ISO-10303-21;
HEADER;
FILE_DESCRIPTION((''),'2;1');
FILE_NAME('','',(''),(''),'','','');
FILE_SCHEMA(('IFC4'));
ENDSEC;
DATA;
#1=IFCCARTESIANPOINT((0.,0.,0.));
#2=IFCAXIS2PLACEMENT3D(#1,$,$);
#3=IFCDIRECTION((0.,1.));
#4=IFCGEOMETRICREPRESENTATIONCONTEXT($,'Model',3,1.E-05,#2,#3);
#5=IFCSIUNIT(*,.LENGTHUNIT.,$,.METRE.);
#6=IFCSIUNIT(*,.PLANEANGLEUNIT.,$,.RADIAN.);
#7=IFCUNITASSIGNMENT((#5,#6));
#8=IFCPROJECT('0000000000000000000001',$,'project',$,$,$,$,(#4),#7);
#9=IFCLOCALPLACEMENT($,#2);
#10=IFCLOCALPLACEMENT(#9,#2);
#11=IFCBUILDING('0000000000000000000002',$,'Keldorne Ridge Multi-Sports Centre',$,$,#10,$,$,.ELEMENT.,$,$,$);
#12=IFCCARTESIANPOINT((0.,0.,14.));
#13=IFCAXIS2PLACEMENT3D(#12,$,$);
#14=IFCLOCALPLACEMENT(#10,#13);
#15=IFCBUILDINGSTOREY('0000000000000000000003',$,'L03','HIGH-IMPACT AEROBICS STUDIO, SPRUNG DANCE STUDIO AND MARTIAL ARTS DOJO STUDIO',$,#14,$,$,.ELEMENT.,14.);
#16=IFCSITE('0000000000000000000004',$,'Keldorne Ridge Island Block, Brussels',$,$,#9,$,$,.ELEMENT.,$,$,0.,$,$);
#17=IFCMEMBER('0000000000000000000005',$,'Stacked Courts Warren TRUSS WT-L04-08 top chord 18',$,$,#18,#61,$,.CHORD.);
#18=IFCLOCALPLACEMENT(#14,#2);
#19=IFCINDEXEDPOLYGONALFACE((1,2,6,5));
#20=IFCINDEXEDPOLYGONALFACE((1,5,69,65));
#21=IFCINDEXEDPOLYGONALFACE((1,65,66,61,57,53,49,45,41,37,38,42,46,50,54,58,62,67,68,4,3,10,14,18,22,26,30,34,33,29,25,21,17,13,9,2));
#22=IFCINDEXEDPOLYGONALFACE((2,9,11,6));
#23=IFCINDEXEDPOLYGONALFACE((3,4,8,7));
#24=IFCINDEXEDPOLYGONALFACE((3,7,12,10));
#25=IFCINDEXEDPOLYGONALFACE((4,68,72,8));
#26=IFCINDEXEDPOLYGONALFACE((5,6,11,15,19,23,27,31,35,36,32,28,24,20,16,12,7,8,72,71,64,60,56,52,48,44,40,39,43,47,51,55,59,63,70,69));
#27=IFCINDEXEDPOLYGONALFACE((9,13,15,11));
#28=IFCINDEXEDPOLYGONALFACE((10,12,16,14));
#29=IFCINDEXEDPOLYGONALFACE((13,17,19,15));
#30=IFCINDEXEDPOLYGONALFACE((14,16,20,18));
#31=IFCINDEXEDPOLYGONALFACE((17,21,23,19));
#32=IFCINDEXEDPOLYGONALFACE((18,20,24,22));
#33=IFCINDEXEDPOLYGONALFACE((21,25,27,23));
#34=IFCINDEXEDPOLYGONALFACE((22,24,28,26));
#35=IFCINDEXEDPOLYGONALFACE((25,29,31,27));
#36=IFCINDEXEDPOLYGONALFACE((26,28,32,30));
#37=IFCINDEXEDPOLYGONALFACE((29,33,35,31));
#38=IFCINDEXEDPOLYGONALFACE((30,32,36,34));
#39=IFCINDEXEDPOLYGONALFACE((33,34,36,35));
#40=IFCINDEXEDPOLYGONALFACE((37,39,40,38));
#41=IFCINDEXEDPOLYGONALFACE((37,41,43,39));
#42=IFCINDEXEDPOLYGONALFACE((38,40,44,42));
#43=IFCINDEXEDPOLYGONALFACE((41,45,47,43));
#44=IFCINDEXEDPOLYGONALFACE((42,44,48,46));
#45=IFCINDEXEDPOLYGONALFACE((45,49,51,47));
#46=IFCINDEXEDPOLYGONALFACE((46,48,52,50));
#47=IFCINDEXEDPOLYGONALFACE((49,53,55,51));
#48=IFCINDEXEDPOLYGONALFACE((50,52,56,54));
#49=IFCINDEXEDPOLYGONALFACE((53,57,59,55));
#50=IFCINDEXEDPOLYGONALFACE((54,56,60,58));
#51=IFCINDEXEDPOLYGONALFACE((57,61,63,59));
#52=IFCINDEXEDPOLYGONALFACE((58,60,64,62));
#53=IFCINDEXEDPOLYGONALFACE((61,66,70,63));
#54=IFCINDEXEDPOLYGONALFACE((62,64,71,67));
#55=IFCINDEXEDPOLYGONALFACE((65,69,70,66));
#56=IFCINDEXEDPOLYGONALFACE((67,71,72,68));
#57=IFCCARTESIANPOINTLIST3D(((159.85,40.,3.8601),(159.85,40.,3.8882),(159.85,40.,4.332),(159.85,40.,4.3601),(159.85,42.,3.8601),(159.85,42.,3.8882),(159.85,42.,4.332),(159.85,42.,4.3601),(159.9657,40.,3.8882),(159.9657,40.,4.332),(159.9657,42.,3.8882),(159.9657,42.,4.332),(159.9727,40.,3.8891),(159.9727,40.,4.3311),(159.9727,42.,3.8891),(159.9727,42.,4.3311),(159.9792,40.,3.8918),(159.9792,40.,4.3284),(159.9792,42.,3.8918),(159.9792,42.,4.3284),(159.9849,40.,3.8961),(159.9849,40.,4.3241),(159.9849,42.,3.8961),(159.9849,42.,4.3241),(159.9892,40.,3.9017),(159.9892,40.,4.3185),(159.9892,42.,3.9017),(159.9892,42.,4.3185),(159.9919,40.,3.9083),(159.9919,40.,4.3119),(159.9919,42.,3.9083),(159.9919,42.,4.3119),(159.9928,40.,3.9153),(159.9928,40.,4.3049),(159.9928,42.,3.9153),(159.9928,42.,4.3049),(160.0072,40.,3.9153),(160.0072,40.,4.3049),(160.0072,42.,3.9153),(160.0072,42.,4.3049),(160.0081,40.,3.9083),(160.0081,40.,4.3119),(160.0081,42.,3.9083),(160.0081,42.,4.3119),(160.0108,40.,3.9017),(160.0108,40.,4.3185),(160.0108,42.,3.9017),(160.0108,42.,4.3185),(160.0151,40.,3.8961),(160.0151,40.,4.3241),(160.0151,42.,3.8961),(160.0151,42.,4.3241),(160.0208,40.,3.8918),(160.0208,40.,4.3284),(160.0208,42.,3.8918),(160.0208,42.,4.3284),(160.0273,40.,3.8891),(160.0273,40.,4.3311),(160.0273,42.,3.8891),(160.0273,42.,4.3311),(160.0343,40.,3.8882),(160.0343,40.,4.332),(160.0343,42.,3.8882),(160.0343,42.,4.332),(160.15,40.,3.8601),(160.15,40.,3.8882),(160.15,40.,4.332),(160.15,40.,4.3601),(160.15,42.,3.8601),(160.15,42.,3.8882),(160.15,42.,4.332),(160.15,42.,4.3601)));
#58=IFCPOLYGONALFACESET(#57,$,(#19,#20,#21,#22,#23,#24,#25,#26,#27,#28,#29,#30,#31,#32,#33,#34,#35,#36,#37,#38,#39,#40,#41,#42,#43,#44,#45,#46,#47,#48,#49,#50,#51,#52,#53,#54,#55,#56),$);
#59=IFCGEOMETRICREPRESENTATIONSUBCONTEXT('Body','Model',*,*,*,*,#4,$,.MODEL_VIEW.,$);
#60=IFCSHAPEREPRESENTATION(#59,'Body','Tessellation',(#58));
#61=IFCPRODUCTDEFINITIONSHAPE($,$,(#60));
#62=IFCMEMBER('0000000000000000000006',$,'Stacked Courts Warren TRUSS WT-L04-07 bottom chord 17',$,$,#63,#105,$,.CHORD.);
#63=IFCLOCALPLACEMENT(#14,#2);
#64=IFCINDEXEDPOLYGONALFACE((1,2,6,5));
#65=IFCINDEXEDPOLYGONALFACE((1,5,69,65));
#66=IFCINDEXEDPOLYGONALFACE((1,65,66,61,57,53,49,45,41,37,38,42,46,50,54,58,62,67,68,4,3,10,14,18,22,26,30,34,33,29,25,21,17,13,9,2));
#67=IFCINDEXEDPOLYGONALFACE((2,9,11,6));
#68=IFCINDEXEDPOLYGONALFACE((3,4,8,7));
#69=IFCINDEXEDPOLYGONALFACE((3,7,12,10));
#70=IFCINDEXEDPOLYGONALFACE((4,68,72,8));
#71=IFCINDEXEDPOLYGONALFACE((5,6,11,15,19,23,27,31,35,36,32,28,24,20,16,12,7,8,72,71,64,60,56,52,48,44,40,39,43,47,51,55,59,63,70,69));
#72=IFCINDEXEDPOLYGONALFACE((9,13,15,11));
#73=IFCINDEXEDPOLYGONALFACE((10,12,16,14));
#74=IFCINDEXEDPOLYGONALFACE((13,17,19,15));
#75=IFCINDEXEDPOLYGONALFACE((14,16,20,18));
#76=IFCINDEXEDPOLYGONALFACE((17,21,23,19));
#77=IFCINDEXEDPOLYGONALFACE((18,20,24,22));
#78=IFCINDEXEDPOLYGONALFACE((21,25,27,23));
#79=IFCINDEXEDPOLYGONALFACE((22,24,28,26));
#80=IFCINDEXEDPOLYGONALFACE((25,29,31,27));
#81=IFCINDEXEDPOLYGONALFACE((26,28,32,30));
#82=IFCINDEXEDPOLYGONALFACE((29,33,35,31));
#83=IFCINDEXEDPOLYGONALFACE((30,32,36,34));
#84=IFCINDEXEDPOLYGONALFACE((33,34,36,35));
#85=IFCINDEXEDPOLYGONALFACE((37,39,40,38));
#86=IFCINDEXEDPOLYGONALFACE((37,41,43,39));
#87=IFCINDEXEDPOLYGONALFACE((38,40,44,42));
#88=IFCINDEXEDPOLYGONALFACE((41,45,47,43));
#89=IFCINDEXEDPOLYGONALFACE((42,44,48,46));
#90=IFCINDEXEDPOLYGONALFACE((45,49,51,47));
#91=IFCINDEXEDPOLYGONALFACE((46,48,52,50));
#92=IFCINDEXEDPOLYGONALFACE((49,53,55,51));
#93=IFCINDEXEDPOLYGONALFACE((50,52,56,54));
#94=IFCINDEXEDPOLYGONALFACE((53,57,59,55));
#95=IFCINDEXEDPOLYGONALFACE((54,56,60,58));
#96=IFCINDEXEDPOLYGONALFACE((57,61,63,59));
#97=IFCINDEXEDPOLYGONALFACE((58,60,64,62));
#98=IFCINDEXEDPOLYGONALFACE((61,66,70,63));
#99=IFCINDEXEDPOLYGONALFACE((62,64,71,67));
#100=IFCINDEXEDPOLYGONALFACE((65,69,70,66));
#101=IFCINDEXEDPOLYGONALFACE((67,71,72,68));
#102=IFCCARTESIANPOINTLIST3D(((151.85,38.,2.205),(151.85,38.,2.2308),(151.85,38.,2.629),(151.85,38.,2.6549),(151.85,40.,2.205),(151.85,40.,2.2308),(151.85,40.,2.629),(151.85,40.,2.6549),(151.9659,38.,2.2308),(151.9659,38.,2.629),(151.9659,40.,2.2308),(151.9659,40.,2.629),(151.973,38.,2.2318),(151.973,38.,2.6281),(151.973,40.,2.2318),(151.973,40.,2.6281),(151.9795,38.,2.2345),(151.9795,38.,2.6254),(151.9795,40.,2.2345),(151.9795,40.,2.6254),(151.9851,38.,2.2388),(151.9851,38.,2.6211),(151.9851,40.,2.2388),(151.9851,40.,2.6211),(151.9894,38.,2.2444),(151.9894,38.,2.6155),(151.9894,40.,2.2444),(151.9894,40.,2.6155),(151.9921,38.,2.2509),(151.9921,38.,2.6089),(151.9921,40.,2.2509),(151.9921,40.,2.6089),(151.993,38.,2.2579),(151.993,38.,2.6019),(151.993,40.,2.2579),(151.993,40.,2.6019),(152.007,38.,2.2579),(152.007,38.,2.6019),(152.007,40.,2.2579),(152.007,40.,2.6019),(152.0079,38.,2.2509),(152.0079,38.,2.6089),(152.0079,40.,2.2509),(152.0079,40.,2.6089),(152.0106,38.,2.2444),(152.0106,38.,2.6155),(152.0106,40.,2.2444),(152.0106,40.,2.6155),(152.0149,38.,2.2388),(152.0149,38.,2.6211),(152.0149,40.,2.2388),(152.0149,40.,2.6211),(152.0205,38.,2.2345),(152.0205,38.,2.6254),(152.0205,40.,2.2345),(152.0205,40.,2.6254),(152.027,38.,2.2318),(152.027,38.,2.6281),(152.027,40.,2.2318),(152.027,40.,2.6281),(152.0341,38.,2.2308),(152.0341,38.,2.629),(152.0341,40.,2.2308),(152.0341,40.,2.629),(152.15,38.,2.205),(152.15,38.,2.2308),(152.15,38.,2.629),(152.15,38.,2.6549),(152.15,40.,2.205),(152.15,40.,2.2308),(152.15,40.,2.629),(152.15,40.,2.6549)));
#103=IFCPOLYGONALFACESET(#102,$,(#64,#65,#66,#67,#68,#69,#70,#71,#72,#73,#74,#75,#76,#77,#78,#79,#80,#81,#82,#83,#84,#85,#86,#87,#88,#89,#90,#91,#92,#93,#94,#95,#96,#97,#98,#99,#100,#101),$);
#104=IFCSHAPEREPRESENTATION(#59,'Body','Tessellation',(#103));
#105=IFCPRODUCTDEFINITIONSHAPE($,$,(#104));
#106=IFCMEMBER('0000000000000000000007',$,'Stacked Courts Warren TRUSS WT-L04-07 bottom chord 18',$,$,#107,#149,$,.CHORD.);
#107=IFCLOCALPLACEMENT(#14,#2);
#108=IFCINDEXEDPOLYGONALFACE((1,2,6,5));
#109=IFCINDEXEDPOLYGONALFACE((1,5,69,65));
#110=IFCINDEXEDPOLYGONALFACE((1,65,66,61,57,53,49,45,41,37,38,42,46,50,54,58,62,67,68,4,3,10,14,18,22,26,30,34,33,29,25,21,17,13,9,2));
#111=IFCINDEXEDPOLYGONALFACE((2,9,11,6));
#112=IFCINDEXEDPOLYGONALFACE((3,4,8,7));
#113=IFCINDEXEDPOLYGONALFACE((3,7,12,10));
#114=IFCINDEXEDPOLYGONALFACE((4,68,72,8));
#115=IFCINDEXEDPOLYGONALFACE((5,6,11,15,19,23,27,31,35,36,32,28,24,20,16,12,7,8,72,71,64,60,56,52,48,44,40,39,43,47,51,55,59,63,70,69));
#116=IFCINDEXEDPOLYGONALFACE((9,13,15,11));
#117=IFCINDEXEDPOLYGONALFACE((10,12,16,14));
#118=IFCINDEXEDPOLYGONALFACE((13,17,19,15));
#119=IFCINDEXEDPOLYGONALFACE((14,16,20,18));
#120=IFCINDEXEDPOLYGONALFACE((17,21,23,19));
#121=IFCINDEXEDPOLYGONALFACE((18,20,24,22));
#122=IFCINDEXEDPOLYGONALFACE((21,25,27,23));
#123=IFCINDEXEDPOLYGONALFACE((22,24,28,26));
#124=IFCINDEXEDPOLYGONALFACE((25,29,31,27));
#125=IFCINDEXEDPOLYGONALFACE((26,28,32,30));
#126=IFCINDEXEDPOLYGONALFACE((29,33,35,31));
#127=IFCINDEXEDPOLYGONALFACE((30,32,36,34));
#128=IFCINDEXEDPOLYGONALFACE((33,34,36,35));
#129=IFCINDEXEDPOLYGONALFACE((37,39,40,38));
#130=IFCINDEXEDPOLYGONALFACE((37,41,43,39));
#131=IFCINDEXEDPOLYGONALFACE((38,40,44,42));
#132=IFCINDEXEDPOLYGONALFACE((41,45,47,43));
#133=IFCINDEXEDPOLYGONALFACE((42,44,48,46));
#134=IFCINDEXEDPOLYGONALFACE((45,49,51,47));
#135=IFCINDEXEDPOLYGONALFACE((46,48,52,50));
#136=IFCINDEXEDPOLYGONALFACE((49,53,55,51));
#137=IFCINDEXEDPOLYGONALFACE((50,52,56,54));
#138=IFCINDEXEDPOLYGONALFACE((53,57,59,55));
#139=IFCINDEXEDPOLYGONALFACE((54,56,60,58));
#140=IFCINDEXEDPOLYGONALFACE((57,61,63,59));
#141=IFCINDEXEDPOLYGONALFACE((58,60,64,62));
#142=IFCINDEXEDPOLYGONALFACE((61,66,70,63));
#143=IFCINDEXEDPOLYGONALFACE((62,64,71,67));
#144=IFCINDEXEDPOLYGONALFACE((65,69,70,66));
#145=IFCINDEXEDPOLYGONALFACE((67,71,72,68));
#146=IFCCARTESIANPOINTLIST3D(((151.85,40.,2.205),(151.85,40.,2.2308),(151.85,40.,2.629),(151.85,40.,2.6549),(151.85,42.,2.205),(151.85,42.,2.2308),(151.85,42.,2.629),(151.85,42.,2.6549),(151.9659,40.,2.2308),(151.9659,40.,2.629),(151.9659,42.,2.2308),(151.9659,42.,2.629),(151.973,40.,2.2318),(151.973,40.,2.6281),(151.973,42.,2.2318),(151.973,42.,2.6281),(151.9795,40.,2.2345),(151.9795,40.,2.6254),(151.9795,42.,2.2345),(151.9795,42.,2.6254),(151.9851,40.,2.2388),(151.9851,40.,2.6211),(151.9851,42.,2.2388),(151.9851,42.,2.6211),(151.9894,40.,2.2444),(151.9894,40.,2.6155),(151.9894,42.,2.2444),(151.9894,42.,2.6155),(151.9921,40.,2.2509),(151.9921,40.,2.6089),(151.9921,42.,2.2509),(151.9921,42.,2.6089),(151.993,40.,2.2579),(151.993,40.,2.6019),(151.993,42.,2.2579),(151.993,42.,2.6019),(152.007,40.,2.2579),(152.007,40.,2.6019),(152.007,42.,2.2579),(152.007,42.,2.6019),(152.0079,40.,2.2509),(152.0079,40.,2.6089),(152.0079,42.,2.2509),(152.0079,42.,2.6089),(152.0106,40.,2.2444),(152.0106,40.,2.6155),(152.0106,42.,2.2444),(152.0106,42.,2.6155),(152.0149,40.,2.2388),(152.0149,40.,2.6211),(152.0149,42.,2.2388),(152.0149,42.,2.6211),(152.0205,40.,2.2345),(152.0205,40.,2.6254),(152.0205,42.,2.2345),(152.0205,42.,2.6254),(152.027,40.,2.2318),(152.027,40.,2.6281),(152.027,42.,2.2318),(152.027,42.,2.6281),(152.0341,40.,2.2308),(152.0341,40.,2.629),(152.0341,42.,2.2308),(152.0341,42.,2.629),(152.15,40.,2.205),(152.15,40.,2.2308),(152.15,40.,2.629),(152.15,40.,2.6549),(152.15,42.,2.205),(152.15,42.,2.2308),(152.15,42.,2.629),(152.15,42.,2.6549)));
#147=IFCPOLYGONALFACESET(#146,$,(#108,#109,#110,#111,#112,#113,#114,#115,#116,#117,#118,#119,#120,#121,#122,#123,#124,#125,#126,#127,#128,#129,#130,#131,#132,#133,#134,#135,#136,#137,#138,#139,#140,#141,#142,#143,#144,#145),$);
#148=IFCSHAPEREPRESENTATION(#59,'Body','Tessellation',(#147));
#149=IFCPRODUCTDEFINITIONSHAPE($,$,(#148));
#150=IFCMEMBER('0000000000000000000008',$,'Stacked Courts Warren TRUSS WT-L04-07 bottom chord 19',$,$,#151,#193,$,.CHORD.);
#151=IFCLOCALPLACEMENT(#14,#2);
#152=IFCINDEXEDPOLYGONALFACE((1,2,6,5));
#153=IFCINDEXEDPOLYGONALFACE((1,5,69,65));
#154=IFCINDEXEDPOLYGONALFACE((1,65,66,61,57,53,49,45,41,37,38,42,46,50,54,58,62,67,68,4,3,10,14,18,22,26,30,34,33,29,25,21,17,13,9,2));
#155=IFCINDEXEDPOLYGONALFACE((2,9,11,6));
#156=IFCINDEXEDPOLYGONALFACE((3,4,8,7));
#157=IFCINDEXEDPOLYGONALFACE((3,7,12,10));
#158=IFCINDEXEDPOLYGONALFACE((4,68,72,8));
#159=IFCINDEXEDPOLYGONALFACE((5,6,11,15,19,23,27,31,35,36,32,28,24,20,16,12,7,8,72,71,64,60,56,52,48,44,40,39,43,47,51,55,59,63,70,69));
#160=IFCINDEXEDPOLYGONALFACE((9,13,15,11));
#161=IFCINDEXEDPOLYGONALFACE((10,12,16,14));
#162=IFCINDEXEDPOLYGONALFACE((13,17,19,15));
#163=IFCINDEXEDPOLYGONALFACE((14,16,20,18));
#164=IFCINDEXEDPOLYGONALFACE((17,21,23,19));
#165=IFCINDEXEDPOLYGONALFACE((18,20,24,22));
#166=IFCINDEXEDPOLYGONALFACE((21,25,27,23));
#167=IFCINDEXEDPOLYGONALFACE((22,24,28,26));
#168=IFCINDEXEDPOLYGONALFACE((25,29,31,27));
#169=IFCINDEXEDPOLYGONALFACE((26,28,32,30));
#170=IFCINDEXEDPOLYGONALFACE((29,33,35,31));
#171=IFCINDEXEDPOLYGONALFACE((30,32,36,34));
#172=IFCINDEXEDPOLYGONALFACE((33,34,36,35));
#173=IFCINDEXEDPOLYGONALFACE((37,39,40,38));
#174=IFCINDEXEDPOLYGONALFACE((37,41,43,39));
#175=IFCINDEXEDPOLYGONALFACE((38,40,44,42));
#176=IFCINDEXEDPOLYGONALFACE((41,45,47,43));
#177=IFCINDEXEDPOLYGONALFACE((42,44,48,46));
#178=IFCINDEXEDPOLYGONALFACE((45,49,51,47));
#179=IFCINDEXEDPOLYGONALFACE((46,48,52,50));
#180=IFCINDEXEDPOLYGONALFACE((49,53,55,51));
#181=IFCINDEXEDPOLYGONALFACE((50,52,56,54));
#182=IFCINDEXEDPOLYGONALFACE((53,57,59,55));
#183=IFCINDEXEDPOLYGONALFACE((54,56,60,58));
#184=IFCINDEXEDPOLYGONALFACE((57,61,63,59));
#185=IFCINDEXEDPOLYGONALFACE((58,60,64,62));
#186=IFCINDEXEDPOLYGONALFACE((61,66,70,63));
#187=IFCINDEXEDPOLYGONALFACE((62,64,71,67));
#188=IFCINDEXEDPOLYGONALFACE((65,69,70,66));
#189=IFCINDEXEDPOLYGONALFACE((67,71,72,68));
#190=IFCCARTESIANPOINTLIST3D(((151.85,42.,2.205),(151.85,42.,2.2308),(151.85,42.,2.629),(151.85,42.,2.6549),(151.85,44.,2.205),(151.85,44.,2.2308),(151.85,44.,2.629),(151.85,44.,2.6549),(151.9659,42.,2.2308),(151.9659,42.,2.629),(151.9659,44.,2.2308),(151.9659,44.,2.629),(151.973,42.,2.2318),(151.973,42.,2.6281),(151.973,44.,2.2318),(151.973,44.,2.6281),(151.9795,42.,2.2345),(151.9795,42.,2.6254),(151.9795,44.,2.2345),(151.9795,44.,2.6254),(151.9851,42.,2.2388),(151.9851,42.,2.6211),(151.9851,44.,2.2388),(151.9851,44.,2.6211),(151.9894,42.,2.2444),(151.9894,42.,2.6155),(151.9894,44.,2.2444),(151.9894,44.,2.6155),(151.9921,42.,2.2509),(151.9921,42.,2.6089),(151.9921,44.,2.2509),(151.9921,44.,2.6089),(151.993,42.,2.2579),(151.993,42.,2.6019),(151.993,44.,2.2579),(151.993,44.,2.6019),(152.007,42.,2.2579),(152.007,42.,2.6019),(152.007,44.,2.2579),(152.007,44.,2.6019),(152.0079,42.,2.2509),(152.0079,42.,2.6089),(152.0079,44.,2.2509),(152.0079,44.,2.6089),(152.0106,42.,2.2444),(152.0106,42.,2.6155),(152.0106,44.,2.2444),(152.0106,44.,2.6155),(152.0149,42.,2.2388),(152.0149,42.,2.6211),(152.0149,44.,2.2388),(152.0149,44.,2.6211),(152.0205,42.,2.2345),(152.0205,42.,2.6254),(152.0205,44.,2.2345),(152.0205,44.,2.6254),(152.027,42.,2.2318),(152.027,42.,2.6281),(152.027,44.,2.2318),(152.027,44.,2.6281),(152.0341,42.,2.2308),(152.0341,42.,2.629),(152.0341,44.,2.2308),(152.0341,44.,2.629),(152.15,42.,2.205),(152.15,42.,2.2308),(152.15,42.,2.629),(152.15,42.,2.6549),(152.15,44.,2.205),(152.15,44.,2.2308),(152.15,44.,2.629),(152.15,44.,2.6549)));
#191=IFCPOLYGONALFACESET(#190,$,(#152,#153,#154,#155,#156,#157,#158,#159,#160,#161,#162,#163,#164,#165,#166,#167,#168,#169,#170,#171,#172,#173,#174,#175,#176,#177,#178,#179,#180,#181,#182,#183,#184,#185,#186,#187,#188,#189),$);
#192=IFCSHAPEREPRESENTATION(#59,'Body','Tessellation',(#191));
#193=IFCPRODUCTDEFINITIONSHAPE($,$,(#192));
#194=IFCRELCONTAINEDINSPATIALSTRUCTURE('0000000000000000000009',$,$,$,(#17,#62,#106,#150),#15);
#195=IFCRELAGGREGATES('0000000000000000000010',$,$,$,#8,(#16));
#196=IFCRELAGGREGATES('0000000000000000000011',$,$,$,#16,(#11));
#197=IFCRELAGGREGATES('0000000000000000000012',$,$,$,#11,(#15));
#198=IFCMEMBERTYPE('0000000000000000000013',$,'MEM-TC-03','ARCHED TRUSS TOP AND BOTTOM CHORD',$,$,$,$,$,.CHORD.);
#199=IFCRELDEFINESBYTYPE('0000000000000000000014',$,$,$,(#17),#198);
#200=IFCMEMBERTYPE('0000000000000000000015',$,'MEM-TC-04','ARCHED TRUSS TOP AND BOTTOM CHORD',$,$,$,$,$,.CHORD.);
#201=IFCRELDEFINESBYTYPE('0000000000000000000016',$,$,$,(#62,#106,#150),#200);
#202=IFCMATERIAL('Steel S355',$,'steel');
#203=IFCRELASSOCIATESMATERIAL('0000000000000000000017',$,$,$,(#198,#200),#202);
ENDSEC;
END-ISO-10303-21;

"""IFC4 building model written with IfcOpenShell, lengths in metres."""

from ifc_helpers import new_model, si_unit, direction, frame, origin, origin_2d, place, context, subcontext, project, spatial, i_section, extrude, material, material_profile, profile_set, type_object, element, save


model = new_model("IFC4")

# Units and contexts
model_context = context("Model", 3, precision=1e-05, world=origin(), true_north=direction((0.0, 1.0)))
body_context = subcontext(model_context, "Body", "Model", "MODEL_VIEW")
ifc_project = project(units=[si_unit("LENGTHUNIT", "METRE"), si_unit("PLANEANGLEUNIT", "RADIAN")], contexts=[model_context])

# Site, building, storey
site_placement = place(None, origin())
site = spatial("IfcSite", under=ifc_project, at=site_placement, Name="Keldorne Ridge Island Block, Brussels", CompositionType="ELEMENT", RefElevation=0.0)
building_placement = place(site_placement, origin())
building = spatial("IfcBuilding", under=site, at=building_placement, Name="Keldorne Ridge Multi-Sports Centre", CompositionType="ELEMENT")
storey_placement = place(building_placement, frame((0.0, 0.0, 14.0)))
storey = spatial("IfcBuildingStorey", under=building, at=storey_placement, Name="L03", Description="HIGH-IMPACT AEROBICS STUDIO, SPRUNG DANCE STUDIO AND MARTIAL ARTS DOJO STUDIO", CompositionType="ELEMENT", Elevation=14.0)

# Members
ifc_material = material(Name="Steel S355", Category="steel")
ifc_material_profile_1 = material_profile(ifc_material, i_section(OverallWidth=0.3, OverallDepth=0.5, WebThickness=0.0144, FlangeThickness=0.0281, FilletRadius=0.0271, at=origin_2d()), Name="HEB 500")
ifc_profile_set_1 = profile_set([ifc_material_profile_1], Name="Steel S355")
member_type_1 = type_object("IfcMemberType", Name="MEM-TC-03", Description="ARCHED TRUSS TOP AND BOTTOM CHORD", PredefinedType="CHORD", material=ifc_profile_set_1)
for number, where, z_axis, x_axis, name in (
    (1, (160.0, 40.0, 4.1101), (0.0, 1.0, 0.0), (-1.0, 0.0, 0.0), "Stacked Courts Warren TRUSS WT-L04-08 top chord 18"),
):
    element("IfcMember", number, at=place(storey_placement, frame(where, z_axis=z_axis, x_axis=x_axis)), inside=storey, type_object=member_type_1, Name=name, PredefinedType="CHORD", context=body_context, shape_type="SweptSolid", body=[
        extrude(i_section(OverallWidth=0.3, OverallDepth=0.5, WebThickness=0.0144, FlangeThickness=0.0281, FilletRadius=0.0271, at=origin_2d()), origin(), (0.0, 0.0, 1.0), 2.0),
    ])
ifc_material_profile_2 = material_profile(ifc_material, i_section(OverallWidth=0.3, OverallDepth=0.45, WebThickness=0.0139, FlangeThickness=0.0259, FilletRadius=0.0271, at=origin_2d()), Name="HEB 450")
ifc_profile_set_2 = profile_set([ifc_material_profile_2], Name="Steel S355")
member_type_2 = type_object("IfcMemberType", Name="MEM-TC-04", Description="ARCHED TRUSS TOP AND BOTTOM CHORD", PredefinedType="CHORD", material=ifc_profile_set_2)
for number, where, z_axis, x_axis, name in (
    (2, (152.0, 38.0, 2.4299), (0.0, 1.0, 0.0), (-1.0, 0.0, 0.0), "Stacked Courts Warren TRUSS WT-L04-07 bottom chord 17"),
    (3, (152.0, 40.0, 2.4299), (0.0, 1.0, 0.0), (-1.0, 0.0, 0.0), "Stacked Courts Warren TRUSS WT-L04-07 bottom chord 18"),
    (4, (152.0, 42.0, 2.4299), (0.0, 1.0, 0.0), (-1.0, 0.0, 0.0), "Stacked Courts Warren TRUSS WT-L04-07 bottom chord 19"),
):
    element("IfcMember", number, at=place(storey_placement, frame(where, z_axis=z_axis, x_axis=x_axis)), inside=storey, type_object=member_type_2, Name=name, PredefinedType="CHORD", context=body_context, shape_type="SweptSolid", body=[
        extrude(i_section(OverallWidth=0.3, OverallDepth=0.45, WebThickness=0.0139, FlangeThickness=0.0259, FilletRadius=0.0271, at=origin_2d()), origin(), (0.0, 0.0, 1.0), 2.0),
    ])

save(model, "model.ifc")
